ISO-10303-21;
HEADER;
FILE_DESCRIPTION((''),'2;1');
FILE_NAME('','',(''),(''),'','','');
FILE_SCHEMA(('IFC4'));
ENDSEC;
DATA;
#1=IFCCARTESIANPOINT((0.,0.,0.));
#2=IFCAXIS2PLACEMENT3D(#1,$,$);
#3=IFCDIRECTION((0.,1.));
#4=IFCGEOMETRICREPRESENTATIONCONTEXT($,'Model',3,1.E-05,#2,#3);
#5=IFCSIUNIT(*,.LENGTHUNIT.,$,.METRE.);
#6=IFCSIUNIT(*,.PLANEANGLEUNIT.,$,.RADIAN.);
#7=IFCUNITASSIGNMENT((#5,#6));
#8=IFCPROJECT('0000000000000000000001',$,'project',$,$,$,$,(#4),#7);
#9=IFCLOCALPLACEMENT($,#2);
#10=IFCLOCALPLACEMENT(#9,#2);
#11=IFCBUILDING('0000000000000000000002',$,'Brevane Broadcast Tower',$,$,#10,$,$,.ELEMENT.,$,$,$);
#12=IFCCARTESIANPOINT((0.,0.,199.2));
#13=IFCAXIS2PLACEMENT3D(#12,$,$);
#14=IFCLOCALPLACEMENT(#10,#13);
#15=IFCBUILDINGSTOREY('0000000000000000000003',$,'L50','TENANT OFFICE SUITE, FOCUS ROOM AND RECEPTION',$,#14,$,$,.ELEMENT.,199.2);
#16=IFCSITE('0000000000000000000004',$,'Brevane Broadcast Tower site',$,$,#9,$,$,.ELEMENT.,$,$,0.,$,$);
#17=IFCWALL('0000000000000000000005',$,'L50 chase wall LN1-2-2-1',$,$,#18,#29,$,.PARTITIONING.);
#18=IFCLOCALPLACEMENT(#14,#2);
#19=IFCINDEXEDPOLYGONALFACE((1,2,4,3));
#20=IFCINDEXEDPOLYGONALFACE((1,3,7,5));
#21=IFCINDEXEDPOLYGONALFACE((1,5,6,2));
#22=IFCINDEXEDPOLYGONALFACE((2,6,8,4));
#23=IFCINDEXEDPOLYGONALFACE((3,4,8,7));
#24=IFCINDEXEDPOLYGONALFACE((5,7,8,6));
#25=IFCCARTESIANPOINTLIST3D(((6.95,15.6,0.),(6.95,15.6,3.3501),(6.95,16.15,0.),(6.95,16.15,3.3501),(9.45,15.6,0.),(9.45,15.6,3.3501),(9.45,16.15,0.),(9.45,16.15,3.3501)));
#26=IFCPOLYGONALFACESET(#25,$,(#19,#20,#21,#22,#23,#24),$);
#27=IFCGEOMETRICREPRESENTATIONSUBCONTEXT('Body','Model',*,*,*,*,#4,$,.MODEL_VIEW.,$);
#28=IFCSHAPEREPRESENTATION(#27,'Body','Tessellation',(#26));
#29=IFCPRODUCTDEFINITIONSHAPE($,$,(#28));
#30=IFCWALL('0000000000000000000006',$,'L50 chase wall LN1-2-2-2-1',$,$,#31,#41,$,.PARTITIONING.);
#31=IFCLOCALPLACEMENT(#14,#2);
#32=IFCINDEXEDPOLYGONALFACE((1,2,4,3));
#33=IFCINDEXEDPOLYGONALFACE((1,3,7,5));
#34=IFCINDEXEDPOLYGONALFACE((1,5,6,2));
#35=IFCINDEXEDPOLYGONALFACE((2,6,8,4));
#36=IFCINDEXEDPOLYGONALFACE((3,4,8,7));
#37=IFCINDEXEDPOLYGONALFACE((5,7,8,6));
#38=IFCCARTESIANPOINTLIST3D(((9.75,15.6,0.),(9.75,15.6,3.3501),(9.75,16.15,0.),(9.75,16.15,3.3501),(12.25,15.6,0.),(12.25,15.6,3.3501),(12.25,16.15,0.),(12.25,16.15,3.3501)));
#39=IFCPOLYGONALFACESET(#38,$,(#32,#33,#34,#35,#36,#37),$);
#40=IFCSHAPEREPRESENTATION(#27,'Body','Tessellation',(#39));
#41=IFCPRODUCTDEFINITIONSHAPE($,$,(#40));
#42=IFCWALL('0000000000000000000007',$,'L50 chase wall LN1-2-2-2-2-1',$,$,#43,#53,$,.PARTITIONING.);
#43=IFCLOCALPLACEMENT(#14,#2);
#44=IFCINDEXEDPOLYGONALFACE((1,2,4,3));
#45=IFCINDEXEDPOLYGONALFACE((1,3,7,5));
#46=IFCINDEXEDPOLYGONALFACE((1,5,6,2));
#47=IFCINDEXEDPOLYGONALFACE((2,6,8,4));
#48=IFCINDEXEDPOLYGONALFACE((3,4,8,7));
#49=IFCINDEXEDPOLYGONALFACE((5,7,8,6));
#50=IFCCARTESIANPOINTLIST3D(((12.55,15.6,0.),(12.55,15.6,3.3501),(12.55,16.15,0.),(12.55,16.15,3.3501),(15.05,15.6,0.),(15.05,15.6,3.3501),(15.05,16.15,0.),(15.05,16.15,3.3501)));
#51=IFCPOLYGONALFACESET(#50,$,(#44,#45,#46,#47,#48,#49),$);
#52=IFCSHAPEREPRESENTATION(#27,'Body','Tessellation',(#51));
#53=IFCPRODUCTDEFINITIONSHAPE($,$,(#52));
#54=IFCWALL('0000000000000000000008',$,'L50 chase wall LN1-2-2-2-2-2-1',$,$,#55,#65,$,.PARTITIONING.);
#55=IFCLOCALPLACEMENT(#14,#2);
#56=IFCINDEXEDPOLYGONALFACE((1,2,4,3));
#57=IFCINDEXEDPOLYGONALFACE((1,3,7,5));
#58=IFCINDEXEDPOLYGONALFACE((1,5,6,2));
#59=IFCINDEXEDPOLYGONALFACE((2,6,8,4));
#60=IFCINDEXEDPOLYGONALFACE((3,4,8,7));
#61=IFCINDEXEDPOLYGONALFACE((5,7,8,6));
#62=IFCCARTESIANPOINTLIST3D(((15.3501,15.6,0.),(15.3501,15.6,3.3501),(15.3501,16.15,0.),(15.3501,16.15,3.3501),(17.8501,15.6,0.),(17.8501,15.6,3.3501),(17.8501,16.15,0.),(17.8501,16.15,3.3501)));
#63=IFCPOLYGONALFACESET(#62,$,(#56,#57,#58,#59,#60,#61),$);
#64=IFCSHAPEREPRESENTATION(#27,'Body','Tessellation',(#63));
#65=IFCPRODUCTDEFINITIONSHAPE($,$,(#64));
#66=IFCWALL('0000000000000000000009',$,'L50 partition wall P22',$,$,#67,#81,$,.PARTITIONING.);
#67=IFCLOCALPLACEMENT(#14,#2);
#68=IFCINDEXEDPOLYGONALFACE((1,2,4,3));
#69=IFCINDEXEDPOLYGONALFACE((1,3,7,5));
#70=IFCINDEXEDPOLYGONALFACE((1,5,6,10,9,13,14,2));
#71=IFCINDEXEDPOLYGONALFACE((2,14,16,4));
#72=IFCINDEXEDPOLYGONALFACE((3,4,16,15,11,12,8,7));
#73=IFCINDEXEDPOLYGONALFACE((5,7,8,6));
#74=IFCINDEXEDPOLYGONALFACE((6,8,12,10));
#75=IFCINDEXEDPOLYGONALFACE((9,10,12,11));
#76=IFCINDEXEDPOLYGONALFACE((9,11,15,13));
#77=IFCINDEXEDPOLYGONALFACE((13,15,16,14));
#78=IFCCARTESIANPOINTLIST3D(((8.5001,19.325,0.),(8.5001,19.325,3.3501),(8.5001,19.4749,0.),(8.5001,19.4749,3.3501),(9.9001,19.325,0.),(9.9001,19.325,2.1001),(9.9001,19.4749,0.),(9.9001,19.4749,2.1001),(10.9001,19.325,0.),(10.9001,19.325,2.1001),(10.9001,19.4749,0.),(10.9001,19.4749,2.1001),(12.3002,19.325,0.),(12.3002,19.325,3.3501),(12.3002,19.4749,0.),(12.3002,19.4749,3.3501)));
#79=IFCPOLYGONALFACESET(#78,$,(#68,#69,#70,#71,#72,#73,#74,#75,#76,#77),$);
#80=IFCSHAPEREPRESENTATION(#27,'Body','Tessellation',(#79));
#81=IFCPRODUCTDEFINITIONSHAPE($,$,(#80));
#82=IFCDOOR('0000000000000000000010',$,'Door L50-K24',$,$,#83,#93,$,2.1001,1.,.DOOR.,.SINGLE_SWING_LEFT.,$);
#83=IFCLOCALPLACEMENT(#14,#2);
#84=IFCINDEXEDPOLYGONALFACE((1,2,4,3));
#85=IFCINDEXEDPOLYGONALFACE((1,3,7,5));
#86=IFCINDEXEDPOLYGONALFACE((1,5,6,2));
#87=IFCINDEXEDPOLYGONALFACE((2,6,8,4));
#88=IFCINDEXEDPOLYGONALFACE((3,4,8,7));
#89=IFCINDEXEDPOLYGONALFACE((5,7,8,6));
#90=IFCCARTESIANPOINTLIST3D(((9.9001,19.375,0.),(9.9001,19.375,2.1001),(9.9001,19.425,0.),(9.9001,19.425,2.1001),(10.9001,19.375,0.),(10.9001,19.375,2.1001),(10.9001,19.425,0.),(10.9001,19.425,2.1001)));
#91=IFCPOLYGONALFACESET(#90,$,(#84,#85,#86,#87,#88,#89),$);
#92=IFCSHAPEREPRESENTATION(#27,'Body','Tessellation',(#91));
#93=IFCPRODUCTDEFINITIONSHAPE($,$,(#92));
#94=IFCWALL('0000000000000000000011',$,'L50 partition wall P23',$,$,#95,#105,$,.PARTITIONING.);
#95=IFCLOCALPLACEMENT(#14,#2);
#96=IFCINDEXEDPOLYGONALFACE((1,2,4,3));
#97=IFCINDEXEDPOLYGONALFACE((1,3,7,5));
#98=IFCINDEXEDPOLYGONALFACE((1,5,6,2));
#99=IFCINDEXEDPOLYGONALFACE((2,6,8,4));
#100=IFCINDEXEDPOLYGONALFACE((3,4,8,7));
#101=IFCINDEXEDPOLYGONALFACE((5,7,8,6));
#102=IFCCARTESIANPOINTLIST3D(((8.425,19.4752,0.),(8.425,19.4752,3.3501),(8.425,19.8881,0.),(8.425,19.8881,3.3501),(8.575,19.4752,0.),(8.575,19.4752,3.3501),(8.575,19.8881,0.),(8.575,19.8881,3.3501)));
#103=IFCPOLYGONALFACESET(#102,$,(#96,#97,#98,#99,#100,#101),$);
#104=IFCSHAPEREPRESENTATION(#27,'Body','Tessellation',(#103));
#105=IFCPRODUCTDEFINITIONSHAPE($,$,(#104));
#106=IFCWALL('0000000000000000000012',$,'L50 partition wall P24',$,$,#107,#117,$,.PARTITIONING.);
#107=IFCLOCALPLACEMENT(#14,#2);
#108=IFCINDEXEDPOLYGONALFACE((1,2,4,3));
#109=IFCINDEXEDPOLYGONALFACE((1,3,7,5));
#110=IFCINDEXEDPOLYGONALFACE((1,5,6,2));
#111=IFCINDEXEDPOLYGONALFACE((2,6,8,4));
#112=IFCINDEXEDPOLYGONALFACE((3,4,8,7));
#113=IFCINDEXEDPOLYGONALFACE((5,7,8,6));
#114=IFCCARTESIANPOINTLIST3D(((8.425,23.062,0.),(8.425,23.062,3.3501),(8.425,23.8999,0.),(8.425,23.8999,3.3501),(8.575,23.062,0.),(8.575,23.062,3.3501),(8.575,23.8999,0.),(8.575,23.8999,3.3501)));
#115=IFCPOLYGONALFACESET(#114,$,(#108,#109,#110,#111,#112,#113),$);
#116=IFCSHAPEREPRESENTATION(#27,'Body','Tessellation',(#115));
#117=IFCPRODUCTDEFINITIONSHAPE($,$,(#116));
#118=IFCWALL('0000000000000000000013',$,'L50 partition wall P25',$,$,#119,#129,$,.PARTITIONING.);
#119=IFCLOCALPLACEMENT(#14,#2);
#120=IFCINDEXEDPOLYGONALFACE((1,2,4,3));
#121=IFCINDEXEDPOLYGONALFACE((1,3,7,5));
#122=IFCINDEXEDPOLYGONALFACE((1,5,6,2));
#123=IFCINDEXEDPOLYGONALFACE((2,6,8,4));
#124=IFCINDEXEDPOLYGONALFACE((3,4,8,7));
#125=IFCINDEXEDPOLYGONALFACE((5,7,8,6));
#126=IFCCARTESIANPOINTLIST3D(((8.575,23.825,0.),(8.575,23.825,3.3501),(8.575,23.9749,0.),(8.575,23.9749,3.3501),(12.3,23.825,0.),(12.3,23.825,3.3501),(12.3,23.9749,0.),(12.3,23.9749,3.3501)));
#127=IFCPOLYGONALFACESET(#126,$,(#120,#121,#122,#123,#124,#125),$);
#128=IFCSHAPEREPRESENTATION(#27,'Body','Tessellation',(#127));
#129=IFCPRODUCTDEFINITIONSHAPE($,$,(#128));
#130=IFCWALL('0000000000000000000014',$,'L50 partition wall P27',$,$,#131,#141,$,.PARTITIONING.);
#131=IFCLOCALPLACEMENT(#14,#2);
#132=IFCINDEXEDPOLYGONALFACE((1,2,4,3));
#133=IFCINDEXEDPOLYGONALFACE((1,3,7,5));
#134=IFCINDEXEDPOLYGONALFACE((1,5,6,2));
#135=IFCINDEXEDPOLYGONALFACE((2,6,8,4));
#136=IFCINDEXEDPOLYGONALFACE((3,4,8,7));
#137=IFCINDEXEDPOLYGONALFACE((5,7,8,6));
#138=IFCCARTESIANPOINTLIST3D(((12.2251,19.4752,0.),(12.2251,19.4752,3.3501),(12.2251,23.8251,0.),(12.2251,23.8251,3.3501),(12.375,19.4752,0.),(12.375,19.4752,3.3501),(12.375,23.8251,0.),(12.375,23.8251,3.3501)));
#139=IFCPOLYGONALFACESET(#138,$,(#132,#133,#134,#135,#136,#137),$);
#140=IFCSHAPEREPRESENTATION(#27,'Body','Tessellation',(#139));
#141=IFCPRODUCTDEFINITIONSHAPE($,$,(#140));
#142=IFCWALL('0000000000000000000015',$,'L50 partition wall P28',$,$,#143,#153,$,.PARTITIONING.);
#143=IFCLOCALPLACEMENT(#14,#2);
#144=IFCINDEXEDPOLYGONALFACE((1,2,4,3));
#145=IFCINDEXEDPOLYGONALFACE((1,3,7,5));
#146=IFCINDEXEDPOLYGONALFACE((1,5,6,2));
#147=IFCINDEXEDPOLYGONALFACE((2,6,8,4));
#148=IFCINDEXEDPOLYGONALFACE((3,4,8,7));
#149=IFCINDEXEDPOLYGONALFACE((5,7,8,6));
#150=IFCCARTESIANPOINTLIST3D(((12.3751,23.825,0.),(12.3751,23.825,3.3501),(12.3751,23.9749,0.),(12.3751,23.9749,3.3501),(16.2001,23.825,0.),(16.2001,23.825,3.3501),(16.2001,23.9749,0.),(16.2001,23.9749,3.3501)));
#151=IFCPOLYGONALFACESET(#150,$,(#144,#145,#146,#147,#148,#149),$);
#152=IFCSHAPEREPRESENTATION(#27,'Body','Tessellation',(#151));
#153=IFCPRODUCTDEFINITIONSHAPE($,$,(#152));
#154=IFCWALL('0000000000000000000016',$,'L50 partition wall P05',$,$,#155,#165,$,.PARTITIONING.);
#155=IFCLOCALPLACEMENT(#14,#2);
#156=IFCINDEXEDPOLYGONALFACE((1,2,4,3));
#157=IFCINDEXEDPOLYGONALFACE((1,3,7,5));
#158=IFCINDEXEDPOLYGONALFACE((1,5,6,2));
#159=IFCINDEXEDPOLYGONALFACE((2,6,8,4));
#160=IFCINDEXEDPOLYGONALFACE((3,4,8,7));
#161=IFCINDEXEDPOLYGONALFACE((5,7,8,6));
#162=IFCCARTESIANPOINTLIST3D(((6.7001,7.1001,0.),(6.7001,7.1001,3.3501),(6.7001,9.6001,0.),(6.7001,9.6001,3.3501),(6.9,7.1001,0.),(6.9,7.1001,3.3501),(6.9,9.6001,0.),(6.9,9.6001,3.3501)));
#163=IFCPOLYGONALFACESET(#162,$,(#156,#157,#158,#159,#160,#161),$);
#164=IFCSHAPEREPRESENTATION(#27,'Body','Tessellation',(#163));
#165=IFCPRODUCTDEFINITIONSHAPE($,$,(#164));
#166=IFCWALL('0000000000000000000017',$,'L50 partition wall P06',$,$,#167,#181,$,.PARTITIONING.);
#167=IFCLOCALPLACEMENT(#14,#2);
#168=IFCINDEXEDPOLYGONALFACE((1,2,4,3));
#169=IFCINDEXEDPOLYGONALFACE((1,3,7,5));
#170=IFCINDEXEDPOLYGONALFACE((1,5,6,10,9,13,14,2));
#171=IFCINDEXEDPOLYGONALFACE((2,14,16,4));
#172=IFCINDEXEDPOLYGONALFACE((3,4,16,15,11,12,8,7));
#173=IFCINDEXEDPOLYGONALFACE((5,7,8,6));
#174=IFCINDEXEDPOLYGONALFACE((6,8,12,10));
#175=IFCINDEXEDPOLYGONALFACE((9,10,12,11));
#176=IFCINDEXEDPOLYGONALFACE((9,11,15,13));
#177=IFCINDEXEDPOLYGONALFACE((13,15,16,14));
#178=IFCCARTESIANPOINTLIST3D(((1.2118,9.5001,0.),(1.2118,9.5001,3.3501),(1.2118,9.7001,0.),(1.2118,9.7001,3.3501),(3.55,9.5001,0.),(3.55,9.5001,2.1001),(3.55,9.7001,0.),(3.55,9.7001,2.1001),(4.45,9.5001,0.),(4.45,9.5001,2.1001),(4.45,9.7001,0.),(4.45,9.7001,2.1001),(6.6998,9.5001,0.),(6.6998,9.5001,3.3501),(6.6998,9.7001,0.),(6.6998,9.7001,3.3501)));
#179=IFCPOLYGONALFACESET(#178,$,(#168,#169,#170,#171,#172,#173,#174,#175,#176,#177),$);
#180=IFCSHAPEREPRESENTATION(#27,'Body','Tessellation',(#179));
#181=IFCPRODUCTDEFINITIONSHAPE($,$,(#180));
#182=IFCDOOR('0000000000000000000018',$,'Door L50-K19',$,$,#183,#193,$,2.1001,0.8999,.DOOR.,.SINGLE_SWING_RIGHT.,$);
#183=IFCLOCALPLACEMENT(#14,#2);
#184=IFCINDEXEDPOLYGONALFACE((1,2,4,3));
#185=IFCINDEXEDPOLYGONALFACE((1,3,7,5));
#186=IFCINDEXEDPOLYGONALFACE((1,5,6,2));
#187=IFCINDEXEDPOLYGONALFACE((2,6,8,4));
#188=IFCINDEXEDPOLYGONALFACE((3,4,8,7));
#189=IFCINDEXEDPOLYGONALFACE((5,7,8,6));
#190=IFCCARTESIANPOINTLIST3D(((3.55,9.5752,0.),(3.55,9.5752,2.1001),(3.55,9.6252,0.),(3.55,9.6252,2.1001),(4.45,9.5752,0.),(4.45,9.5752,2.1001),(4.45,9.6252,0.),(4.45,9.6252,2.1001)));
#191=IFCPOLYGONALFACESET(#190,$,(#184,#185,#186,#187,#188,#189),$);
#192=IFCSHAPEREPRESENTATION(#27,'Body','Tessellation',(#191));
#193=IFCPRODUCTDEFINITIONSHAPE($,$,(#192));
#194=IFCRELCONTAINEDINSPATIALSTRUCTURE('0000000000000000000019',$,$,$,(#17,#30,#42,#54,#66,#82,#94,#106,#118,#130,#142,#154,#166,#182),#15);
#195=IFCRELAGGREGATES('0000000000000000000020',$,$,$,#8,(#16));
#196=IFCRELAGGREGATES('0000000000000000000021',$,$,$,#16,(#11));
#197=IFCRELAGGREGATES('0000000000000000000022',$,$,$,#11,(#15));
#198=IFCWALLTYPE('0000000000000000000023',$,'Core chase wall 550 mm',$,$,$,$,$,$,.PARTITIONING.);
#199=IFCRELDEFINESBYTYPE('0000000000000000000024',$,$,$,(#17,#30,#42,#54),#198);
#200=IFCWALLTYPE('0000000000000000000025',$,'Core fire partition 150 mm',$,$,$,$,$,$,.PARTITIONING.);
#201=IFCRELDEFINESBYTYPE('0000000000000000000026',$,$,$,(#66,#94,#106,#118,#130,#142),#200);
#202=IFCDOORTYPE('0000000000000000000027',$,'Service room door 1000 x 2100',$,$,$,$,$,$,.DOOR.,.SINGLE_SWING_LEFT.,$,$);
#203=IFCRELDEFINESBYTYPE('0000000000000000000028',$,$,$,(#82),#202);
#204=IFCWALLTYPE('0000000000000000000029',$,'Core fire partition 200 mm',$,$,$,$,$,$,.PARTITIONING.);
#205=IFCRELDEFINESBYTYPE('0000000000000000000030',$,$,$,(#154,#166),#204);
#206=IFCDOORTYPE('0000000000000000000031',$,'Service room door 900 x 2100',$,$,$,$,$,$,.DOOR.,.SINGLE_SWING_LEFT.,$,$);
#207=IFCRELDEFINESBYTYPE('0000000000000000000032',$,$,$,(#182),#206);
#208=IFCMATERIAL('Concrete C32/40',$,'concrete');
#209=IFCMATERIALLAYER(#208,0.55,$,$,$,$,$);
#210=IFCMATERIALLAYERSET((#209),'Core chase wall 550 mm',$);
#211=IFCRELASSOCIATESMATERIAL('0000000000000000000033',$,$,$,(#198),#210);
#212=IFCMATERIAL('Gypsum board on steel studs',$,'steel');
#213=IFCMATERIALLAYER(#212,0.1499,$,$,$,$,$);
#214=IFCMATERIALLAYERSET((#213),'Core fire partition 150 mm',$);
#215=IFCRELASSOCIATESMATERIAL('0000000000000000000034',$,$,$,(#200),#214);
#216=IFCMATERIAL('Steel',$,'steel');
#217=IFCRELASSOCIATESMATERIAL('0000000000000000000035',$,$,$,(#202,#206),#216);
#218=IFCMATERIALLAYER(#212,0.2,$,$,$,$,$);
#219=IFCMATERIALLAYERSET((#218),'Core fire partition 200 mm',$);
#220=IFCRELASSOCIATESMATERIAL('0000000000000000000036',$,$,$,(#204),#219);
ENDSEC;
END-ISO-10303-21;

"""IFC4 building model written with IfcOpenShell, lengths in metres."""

from ifc_helpers import new_model, si_unit, direction, frame, frame_2d, origin, place, context, subcontext, project, spatial, rectangle, extrude, material, layer, layer_set, type_object, element, fill, save


model = new_model("IFC4")

# Units and contexts
model_context = context("Model", 3, precision=1e-05, world=origin(), true_north=direction((0.0, 1.0)))
body_context = subcontext(model_context, "Body", "Model", "MODEL_VIEW")
ifc_project = project(units=[si_unit("LENGTHUNIT", "METRE"), si_unit("PLANEANGLEUNIT", "RADIAN")], contexts=[model_context])

# Site, building, storey
site_placement = place(None, origin())
site = spatial("IfcSite", under=ifc_project, at=site_placement, Name="Brevane Broadcast Tower site", CompositionType="ELEMENT", RefElevation=0.0)
building_placement = place(site_placement, origin())
building = spatial("IfcBuilding", under=site, at=building_placement, Name="Brevane Broadcast Tower", CompositionType="ELEMENT")
storey_placement = place(building_placement, frame((0.0, 0.0, 199.2)))
storey = spatial("IfcBuildingStorey", under=building, at=storey_placement, Name="L50", Description="TENANT OFFICE SUITE, FOCUS ROOM AND RECEPTION", CompositionType="ELEMENT", Elevation=199.2)

# Walls
ifc_material_1 = material(Name="Concrete C32/40", Category="concrete")
ifc_layer_1 = layer(ifc_material_1, 0.55)
ifc_layer_set_1 = layer_set([ifc_layer_1], Name="Core chase wall 550 mm")
wall_type_1 = type_object("IfcWallType", Name="Core chase wall 550 mm", PredefinedType="PARTITIONING", material=ifc_layer_set_1)
for number, where, z_axis, x_axis, name in (
    (1, (6.95, 15.875, 0.0), (0.0, 0.0, 1.0), (1.0, 0.0, 0.0), "L50 chase wall LN1-2-2-1"),
    (2, (9.75, 15.875, 0.0), (0.0, 0.0, 1.0), (1.0, 0.0, 0.0), "L50 chase wall LN1-2-2-2-1"),
    (3, (12.55, 15.875, 0.0), (0.0, 0.0, 1.0), (1.0, 0.0, 0.0), "L50 chase wall LN1-2-2-2-2-1"),
    (4, (15.3501, 15.875, 0.0), (0.0, 0.0, 1.0), (1.0, 0.0, 0.0), "L50 chase wall LN1-2-2-2-2-2-1"),
):
    element("IfcWall", number, at=place(storey_placement, frame(where, z_axis=z_axis, x_axis=x_axis)), inside=storey, type_object=wall_type_1, Name=name, PredefinedType="PARTITIONING", context=body_context, shape_type="SweptSolid", body=[
        extrude(rectangle(XDim=2.5, YDim=0.55, at=frame_2d((1.25, 0.0))), origin(), (0.0, 0.0, 1.0), 3.3501),
    ])

# Wall, opening, door
ifc_material_2 = material(Name="Gypsum board on steel studs", Category="steel")
ifc_layer_2 = layer(ifc_material_2, 0.1499)
ifc_layer_set_2 = layer_set([ifc_layer_2], Name="Core fire partition 150 mm")
wall_type_2 = type_object("IfcWallType", Name="Core fire partition 150 mm", PredefinedType="PARTITIONING", material=ifc_layer_set_2)
wall_1_placement = place(storey_placement, frame((12.3, 19.3999, 0.0), z_axis=(0.0, 0.0, 1.0), x_axis=(-1.0, 0.0, 0.0)))
wall_1 = element("IfcWall", 5, at=wall_1_placement, inside=storey, type_object=wall_type_2, Name="L50 partition wall P22", PredefinedType="PARTITIONING", context=body_context, shape_type="SweptSolid", body=[
    extrude(rectangle(XDim=3.8, YDim=0.1499, at=frame_2d((1.8999, 0.0))), origin(), (0.0, 0.0, 1.0), 3.3501),
])
opening_1_placement = place(wall_1_placement, frame((1.3999, 0.0, 0.0)))
opening_1 = element("IfcOpeningElement", 6, at=opening_1_placement, cuts=wall_1, PredefinedType="OPENING", context=body_context, shape_type="SweptSolid", body=[
    extrude(rectangle(XDim=1.0, YDim=2.1001, at=frame_2d((0.5, 1.05))), frame((0.0, 0.085, 0.0), z_axis=(0.0, -1.0, 0.0), x_axis=(1.0, 0.0, 0.0)), (0.0, 0.0, 1.0), 0.1699),
])
ifc_material_3 = material(Name="Steel", Category="steel")
door_type_1 = type_object("IfcDoorType", Name="Service room door 1000 x 2100", OperationType="SINGLE_SWING_LEFT", PredefinedType="DOOR", material=ifc_material_3)
door_1_placement = place(opening_1_placement, origin())
door_1 = element("IfcDoor", 7, at=door_1_placement, inside=storey, type_object=door_type_1, Name="Door L50-K24", OperationType="SINGLE_SWING_LEFT", OverallHeight=2.1001, OverallWidth=1.0, PredefinedType="DOOR", context=body_context, shape_type="SweptSolid", body=[
    extrude(rectangle(XDim=1.0, YDim=2.1001, at=frame_2d((0.5, 1.05))), frame((0.0, 0.0249, 0.0), z_axis=(0.0, -1.0, 0.0), x_axis=(1.0, 0.0, 0.0)), (0.0, 0.0, 1.0), 0.05),
])
fill(opening_1, door_1)

# Walls
wall_2_placement = place(storey_placement, frame((8.5, 19.4751, 0.0), z_axis=(0.0, 0.0, 1.0), x_axis=(0.0, 1.0, 0.0)))
element("IfcWall", 8, at=wall_2_placement, inside=storey, type_object=wall_type_2, Name="L50 partition wall P23", PredefinedType="PARTITIONING", context=body_context, shape_type="SweptSolid", body=[
    extrude(rectangle(XDim=0.4128, YDim=0.1499, at=frame_2d((0.2065, 0.0))), origin(), (0.0, 0.0, 1.0), 3.3501),
])
wall_3_placement = place(storey_placement, frame((8.5, 23.062, 0.0), z_axis=(0.0, 0.0, 1.0), x_axis=(0.0, 1.0, 0.0)))
element("IfcWall", 9, at=wall_3_placement, inside=storey, type_object=wall_type_2, Name="L50 partition wall P24", PredefinedType="PARTITIONING", context=body_context, shape_type="SweptSolid", body=[
    extrude(rectangle(XDim=0.8379, YDim=0.1499, at=frame_2d((0.4189, 0.0))), origin(), (0.0, 0.0, 1.0), 3.3501),
])
wall_4_placement = place(storey_placement, frame((8.575, 23.8999, 0.0), z_axis=(0.0, 0.0, 1.0), x_axis=(1.0, 0.0, 0.0)))
element("IfcWall", 10, at=wall_4_placement, inside=storey, type_object=wall_type_2, Name="L50 partition wall P25", PredefinedType="PARTITIONING", context=body_context, shape_type="SweptSolid", body=[
    extrude(rectangle(XDim=3.7251, YDim=0.1499, at=frame_2d((1.8625, 0.0))), origin(), (0.0, 0.0, 1.0), 3.3501),
])
wall_5_placement = place(storey_placement, frame((12.3, 23.825, 0.0), z_axis=(0.0, 0.0, 1.0), x_axis=(0.0, -1.0, 0.0)))
element("IfcWall", 11, at=wall_5_placement, inside=storey, type_object=wall_type_2, Name="L50 partition wall P27", PredefinedType="PARTITIONING", context=body_context, shape_type="SweptSolid", body=[
    extrude(rectangle(XDim=4.3499, YDim=0.1499, at=frame_2d((2.1748, 0.0))), origin(), (0.0, 0.0, 1.0), 3.3501),
])
wall_6_placement = place(storey_placement, frame((12.375, 23.8999, 0.0), z_axis=(0.0, 0.0, 1.0), x_axis=(1.0, 0.0, 0.0)))
element("IfcWall", 12, at=wall_6_placement, inside=storey, type_object=wall_type_2, Name="L50 partition wall P28", PredefinedType="PARTITIONING", context=body_context, shape_type="SweptSolid", body=[
    extrude(rectangle(XDim=3.825, YDim=0.1499, at=frame_2d((1.9126, 0.0))), origin(), (0.0, 0.0, 1.0), 3.3501),
])
ifc_layer_3 = layer(ifc_material_2, 0.2)
ifc_layer_set_3 = layer_set([ifc_layer_3], Name="Core fire partition 200 mm")
wall_type_3 = type_object("IfcWallType", Name="Core fire partition 200 mm", PredefinedType="PARTITIONING", material=ifc_layer_set_3)
wall_7_placement = place(storey_placement, frame((6.8, 9.6001, 0.0), z_axis=(0.0, 0.0, 1.0), x_axis=(0.0, -1.0, 0.0)))
element("IfcWall", 13, at=wall_7_placement, inside=storey, type_object=wall_type_3, Name="L50 partition wall P05", PredefinedType="PARTITIONING", context=body_context, shape_type="SweptSolid", body=[
    extrude(rectangle(XDim=2.5, YDim=0.2, at=frame_2d((1.25, 0.0))), origin(), (0.0, 0.0, 1.0), 3.3501),
])

# Wall, opening, door
wall_8_placement = place(storey_placement, frame((6.7, 9.6001, 0.0), z_axis=(0.0, 0.0, 1.0), x_axis=(-1.0, 0.0, 0.0)))
wall_8 = element("IfcWall", 14, at=wall_8_placement, inside=storey, type_object=wall_type_3, Name="L50 partition wall P06", PredefinedType="PARTITIONING", context=body_context, shape_type="SweptSolid", body=[
    extrude(rectangle(XDim=5.488, YDim=0.2, at=frame_2d((2.7441, 0.0))), origin(), (0.0, 0.0, 1.0), 3.3501),
])
opening_2_placement = place(wall_8_placement, frame((2.25, 0.0, 0.0)))
opening_2 = element("IfcOpeningElement", 15, at=opening_2_placement, cuts=wall_8, PredefinedType="OPENING", context=body_context, shape_type="SweptSolid", body=[
    extrude(rectangle(XDim=0.8999, YDim=2.1001, at=frame_2d((0.45, 1.05))), frame((0.0, 0.1099, 0.0), z_axis=(0.0, -1.0, 0.0), x_axis=(1.0, 0.0, 0.0)), (0.0, 0.0, 1.0), 0.22),
])
door_type_2 = type_object("IfcDoorType", Name="Service room door 900 x 2100", OperationType="SINGLE_SWING_LEFT", PredefinedType="DOOR", material=ifc_material_3)
door_2_placement = place(opening_2_placement, origin())
door_2 = element("IfcDoor", 16, at=door_2_placement, inside=storey, type_object=door_type_2, Name="Door L50-K19", OperationType="SINGLE_SWING_RIGHT", OverallHeight=2.1001, OverallWidth=0.8999, PredefinedType="DOOR", context=body_context, shape_type="SweptSolid", body=[
    extrude(rectangle(XDim=0.8999, YDim=2.1001, at=frame_2d((0.45, 1.05))), frame((0.0, 0.0249, 0.0), z_axis=(0.0, -1.0, 0.0), x_axis=(1.0, 0.0, 0.0)), (0.0, 0.0, 1.0), 0.05),
])
fill(opening_2, door_2)

save(model, "model.ifc")
